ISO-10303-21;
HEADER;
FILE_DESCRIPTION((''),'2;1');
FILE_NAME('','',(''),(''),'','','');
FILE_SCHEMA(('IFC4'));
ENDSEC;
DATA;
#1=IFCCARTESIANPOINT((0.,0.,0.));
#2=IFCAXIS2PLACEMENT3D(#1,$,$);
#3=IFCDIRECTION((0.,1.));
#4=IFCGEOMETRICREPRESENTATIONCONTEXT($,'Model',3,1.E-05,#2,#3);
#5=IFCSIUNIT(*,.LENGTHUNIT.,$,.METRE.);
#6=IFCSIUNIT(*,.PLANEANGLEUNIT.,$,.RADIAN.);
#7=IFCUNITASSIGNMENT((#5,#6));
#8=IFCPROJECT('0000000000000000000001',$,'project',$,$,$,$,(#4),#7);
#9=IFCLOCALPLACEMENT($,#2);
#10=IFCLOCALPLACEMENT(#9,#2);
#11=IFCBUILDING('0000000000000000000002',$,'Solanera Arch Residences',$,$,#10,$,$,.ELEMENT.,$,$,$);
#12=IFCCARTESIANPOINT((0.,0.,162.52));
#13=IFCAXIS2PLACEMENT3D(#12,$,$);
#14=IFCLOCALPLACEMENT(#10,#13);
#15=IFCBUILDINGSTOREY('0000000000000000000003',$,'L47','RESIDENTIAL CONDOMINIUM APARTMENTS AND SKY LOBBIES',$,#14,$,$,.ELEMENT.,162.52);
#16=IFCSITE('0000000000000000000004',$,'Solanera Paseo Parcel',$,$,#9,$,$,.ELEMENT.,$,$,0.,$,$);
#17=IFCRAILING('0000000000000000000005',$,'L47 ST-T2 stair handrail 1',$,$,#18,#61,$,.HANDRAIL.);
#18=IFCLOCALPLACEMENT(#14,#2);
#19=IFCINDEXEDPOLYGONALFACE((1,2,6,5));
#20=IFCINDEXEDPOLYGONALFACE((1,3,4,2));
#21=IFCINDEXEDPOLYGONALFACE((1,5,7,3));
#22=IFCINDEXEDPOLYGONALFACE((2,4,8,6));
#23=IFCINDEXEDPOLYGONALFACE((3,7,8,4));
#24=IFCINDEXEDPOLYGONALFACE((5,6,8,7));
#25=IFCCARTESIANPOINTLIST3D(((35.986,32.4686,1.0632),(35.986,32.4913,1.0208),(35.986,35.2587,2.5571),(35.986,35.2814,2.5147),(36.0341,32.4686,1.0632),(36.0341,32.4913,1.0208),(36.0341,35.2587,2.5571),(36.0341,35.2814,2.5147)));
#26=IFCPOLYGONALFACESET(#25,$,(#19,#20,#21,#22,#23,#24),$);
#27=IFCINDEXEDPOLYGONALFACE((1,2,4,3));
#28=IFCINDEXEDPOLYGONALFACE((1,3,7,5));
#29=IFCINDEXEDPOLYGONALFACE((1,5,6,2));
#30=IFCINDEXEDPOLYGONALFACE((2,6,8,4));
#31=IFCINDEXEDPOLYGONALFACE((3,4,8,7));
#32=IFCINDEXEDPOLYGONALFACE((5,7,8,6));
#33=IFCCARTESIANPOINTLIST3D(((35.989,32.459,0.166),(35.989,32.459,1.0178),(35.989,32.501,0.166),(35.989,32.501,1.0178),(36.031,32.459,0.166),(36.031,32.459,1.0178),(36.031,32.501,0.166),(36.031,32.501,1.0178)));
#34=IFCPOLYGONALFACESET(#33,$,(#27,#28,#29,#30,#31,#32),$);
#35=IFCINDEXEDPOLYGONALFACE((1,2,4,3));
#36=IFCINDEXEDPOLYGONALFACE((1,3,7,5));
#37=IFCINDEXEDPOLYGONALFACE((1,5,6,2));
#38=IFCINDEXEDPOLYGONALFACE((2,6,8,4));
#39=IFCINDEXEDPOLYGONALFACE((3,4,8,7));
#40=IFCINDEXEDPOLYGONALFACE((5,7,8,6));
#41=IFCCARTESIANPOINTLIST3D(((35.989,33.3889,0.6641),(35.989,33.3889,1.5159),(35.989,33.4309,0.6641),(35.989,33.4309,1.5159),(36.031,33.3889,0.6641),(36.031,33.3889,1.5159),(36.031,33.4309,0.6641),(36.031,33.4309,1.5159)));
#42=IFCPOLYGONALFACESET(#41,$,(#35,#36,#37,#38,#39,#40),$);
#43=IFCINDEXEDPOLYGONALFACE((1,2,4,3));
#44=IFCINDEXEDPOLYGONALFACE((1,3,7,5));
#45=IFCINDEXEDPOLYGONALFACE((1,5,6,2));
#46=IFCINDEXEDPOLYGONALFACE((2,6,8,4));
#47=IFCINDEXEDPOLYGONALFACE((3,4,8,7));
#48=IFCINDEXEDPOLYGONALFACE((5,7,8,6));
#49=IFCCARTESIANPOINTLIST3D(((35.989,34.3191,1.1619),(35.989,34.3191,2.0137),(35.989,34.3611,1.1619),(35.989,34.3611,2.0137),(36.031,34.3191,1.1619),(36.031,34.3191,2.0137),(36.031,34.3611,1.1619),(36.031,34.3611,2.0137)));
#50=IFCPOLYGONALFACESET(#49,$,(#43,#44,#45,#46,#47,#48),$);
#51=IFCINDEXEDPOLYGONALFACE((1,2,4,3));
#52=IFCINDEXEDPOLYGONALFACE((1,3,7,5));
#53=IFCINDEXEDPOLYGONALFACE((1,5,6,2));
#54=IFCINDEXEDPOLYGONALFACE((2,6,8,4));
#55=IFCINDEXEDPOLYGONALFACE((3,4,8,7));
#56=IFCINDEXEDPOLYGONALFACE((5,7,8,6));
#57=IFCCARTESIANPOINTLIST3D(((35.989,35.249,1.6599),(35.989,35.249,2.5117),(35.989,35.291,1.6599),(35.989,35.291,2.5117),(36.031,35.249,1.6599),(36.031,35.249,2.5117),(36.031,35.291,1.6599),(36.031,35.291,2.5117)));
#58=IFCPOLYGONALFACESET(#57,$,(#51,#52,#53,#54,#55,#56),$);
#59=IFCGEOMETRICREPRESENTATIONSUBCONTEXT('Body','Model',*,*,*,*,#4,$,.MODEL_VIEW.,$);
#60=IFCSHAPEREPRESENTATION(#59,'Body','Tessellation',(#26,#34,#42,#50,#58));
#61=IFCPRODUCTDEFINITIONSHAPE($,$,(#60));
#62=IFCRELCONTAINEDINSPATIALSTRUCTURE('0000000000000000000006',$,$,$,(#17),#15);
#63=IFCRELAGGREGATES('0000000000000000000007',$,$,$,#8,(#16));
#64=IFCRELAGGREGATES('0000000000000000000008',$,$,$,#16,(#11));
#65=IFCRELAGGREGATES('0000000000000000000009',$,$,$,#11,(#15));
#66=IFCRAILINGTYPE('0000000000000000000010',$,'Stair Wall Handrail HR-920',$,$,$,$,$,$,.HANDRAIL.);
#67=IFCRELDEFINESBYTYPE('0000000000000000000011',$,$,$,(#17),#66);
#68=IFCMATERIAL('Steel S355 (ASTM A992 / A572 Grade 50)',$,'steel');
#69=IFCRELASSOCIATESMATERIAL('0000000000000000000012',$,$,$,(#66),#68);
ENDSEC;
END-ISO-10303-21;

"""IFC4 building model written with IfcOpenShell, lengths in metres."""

from ifc_helpers import new_model, si_unit, direction, frame, origin, origin_2d, place, context, subcontext, project, spatial, rectangle, extrude, material, type_object, element, save


model = new_model("IFC4")

# Units and contexts
model_context = context("Model", 3, precision=1e-05, world=origin(), true_north=direction((0.0, 1.0)))
body_context = subcontext(model_context, "Body", "Model", "MODEL_VIEW")
ifc_project = project(units=[si_unit("LENGTHUNIT", "METRE"), si_unit("PLANEANGLEUNIT", "RADIAN")], contexts=[model_context])

# Site, building, storey
site_placement = place(None, origin())
site = spatial("IfcSite", under=ifc_project, at=site_placement, Name="Solanera Paseo Parcel", CompositionType="ELEMENT", RefElevation=0.0)
building_placement = place(site_placement, origin())
building = spatial("IfcBuilding", under=site, at=building_placement, Name="Solanera Arch Residences", CompositionType="ELEMENT")
storey_placement = place(building_placement, frame((0.0, 0.0, 162.52)))
storey = spatial("IfcBuildingStorey", under=building, at=storey_placement, Name="L47", Description="RESIDENTIAL CONDOMINIUM APARTMENTS AND SKY LOBBIES", CompositionType="ELEMENT", Elevation=162.52)

# Railing
ifc_material_1 = material(Name="Steel S355 (ASTM A992 / A572 Grade 50)", Category="steel")
railing_type_1 = type_object("IfcRailingType", Name="Stair Wall Handrail HR-920", PredefinedType="HANDRAIL", material=ifc_material_1)
railing_1_placement = place(storey_placement, frame((36.01, 32.48, 0.166)))
element("IfcRailing", 1, at=railing_1_placement, inside=storey, type_object=railing_type_1, Name="L47 ST-T2 stair handrail 1", PredefinedType="HANDRAIL", context=body_context, shape_type="SweptSolid", body=[
    extrude(rectangle(XDim=0.0481, YDim=0.0481, at=origin_2d()), frame((0.0, 0.0, 0.876), z_axis=(0.0, 0.881581, 0.472033), x_axis=(-1.0, 0.0, 0.0)), (0.0, 0.0, 1.0), 3.1648),
    extrude(rectangle(XDim=0.042, YDim=0.042, at=origin_2d()), origin(), (0.0, 0.0, 1.0), 0.8518),
    extrude(rectangle(XDim=0.042, YDim=0.042, at=origin_2d()), frame((0.0, 0.9299, 0.498)), (0.0, 0.0, 1.0), 0.8518),
    extrude(rectangle(XDim=0.042, YDim=0.042, at=origin_2d()), frame((0.0, 1.8601, 0.9958)), (0.0, 0.0, 1.0), 0.8518),
    extrude(rectangle(XDim=0.042, YDim=0.042, at=origin_2d()), frame((0.0, 2.79, 1.4939)), (0.0, 0.0, 1.0), 0.8518),
])

save(model, "model.ifc")
